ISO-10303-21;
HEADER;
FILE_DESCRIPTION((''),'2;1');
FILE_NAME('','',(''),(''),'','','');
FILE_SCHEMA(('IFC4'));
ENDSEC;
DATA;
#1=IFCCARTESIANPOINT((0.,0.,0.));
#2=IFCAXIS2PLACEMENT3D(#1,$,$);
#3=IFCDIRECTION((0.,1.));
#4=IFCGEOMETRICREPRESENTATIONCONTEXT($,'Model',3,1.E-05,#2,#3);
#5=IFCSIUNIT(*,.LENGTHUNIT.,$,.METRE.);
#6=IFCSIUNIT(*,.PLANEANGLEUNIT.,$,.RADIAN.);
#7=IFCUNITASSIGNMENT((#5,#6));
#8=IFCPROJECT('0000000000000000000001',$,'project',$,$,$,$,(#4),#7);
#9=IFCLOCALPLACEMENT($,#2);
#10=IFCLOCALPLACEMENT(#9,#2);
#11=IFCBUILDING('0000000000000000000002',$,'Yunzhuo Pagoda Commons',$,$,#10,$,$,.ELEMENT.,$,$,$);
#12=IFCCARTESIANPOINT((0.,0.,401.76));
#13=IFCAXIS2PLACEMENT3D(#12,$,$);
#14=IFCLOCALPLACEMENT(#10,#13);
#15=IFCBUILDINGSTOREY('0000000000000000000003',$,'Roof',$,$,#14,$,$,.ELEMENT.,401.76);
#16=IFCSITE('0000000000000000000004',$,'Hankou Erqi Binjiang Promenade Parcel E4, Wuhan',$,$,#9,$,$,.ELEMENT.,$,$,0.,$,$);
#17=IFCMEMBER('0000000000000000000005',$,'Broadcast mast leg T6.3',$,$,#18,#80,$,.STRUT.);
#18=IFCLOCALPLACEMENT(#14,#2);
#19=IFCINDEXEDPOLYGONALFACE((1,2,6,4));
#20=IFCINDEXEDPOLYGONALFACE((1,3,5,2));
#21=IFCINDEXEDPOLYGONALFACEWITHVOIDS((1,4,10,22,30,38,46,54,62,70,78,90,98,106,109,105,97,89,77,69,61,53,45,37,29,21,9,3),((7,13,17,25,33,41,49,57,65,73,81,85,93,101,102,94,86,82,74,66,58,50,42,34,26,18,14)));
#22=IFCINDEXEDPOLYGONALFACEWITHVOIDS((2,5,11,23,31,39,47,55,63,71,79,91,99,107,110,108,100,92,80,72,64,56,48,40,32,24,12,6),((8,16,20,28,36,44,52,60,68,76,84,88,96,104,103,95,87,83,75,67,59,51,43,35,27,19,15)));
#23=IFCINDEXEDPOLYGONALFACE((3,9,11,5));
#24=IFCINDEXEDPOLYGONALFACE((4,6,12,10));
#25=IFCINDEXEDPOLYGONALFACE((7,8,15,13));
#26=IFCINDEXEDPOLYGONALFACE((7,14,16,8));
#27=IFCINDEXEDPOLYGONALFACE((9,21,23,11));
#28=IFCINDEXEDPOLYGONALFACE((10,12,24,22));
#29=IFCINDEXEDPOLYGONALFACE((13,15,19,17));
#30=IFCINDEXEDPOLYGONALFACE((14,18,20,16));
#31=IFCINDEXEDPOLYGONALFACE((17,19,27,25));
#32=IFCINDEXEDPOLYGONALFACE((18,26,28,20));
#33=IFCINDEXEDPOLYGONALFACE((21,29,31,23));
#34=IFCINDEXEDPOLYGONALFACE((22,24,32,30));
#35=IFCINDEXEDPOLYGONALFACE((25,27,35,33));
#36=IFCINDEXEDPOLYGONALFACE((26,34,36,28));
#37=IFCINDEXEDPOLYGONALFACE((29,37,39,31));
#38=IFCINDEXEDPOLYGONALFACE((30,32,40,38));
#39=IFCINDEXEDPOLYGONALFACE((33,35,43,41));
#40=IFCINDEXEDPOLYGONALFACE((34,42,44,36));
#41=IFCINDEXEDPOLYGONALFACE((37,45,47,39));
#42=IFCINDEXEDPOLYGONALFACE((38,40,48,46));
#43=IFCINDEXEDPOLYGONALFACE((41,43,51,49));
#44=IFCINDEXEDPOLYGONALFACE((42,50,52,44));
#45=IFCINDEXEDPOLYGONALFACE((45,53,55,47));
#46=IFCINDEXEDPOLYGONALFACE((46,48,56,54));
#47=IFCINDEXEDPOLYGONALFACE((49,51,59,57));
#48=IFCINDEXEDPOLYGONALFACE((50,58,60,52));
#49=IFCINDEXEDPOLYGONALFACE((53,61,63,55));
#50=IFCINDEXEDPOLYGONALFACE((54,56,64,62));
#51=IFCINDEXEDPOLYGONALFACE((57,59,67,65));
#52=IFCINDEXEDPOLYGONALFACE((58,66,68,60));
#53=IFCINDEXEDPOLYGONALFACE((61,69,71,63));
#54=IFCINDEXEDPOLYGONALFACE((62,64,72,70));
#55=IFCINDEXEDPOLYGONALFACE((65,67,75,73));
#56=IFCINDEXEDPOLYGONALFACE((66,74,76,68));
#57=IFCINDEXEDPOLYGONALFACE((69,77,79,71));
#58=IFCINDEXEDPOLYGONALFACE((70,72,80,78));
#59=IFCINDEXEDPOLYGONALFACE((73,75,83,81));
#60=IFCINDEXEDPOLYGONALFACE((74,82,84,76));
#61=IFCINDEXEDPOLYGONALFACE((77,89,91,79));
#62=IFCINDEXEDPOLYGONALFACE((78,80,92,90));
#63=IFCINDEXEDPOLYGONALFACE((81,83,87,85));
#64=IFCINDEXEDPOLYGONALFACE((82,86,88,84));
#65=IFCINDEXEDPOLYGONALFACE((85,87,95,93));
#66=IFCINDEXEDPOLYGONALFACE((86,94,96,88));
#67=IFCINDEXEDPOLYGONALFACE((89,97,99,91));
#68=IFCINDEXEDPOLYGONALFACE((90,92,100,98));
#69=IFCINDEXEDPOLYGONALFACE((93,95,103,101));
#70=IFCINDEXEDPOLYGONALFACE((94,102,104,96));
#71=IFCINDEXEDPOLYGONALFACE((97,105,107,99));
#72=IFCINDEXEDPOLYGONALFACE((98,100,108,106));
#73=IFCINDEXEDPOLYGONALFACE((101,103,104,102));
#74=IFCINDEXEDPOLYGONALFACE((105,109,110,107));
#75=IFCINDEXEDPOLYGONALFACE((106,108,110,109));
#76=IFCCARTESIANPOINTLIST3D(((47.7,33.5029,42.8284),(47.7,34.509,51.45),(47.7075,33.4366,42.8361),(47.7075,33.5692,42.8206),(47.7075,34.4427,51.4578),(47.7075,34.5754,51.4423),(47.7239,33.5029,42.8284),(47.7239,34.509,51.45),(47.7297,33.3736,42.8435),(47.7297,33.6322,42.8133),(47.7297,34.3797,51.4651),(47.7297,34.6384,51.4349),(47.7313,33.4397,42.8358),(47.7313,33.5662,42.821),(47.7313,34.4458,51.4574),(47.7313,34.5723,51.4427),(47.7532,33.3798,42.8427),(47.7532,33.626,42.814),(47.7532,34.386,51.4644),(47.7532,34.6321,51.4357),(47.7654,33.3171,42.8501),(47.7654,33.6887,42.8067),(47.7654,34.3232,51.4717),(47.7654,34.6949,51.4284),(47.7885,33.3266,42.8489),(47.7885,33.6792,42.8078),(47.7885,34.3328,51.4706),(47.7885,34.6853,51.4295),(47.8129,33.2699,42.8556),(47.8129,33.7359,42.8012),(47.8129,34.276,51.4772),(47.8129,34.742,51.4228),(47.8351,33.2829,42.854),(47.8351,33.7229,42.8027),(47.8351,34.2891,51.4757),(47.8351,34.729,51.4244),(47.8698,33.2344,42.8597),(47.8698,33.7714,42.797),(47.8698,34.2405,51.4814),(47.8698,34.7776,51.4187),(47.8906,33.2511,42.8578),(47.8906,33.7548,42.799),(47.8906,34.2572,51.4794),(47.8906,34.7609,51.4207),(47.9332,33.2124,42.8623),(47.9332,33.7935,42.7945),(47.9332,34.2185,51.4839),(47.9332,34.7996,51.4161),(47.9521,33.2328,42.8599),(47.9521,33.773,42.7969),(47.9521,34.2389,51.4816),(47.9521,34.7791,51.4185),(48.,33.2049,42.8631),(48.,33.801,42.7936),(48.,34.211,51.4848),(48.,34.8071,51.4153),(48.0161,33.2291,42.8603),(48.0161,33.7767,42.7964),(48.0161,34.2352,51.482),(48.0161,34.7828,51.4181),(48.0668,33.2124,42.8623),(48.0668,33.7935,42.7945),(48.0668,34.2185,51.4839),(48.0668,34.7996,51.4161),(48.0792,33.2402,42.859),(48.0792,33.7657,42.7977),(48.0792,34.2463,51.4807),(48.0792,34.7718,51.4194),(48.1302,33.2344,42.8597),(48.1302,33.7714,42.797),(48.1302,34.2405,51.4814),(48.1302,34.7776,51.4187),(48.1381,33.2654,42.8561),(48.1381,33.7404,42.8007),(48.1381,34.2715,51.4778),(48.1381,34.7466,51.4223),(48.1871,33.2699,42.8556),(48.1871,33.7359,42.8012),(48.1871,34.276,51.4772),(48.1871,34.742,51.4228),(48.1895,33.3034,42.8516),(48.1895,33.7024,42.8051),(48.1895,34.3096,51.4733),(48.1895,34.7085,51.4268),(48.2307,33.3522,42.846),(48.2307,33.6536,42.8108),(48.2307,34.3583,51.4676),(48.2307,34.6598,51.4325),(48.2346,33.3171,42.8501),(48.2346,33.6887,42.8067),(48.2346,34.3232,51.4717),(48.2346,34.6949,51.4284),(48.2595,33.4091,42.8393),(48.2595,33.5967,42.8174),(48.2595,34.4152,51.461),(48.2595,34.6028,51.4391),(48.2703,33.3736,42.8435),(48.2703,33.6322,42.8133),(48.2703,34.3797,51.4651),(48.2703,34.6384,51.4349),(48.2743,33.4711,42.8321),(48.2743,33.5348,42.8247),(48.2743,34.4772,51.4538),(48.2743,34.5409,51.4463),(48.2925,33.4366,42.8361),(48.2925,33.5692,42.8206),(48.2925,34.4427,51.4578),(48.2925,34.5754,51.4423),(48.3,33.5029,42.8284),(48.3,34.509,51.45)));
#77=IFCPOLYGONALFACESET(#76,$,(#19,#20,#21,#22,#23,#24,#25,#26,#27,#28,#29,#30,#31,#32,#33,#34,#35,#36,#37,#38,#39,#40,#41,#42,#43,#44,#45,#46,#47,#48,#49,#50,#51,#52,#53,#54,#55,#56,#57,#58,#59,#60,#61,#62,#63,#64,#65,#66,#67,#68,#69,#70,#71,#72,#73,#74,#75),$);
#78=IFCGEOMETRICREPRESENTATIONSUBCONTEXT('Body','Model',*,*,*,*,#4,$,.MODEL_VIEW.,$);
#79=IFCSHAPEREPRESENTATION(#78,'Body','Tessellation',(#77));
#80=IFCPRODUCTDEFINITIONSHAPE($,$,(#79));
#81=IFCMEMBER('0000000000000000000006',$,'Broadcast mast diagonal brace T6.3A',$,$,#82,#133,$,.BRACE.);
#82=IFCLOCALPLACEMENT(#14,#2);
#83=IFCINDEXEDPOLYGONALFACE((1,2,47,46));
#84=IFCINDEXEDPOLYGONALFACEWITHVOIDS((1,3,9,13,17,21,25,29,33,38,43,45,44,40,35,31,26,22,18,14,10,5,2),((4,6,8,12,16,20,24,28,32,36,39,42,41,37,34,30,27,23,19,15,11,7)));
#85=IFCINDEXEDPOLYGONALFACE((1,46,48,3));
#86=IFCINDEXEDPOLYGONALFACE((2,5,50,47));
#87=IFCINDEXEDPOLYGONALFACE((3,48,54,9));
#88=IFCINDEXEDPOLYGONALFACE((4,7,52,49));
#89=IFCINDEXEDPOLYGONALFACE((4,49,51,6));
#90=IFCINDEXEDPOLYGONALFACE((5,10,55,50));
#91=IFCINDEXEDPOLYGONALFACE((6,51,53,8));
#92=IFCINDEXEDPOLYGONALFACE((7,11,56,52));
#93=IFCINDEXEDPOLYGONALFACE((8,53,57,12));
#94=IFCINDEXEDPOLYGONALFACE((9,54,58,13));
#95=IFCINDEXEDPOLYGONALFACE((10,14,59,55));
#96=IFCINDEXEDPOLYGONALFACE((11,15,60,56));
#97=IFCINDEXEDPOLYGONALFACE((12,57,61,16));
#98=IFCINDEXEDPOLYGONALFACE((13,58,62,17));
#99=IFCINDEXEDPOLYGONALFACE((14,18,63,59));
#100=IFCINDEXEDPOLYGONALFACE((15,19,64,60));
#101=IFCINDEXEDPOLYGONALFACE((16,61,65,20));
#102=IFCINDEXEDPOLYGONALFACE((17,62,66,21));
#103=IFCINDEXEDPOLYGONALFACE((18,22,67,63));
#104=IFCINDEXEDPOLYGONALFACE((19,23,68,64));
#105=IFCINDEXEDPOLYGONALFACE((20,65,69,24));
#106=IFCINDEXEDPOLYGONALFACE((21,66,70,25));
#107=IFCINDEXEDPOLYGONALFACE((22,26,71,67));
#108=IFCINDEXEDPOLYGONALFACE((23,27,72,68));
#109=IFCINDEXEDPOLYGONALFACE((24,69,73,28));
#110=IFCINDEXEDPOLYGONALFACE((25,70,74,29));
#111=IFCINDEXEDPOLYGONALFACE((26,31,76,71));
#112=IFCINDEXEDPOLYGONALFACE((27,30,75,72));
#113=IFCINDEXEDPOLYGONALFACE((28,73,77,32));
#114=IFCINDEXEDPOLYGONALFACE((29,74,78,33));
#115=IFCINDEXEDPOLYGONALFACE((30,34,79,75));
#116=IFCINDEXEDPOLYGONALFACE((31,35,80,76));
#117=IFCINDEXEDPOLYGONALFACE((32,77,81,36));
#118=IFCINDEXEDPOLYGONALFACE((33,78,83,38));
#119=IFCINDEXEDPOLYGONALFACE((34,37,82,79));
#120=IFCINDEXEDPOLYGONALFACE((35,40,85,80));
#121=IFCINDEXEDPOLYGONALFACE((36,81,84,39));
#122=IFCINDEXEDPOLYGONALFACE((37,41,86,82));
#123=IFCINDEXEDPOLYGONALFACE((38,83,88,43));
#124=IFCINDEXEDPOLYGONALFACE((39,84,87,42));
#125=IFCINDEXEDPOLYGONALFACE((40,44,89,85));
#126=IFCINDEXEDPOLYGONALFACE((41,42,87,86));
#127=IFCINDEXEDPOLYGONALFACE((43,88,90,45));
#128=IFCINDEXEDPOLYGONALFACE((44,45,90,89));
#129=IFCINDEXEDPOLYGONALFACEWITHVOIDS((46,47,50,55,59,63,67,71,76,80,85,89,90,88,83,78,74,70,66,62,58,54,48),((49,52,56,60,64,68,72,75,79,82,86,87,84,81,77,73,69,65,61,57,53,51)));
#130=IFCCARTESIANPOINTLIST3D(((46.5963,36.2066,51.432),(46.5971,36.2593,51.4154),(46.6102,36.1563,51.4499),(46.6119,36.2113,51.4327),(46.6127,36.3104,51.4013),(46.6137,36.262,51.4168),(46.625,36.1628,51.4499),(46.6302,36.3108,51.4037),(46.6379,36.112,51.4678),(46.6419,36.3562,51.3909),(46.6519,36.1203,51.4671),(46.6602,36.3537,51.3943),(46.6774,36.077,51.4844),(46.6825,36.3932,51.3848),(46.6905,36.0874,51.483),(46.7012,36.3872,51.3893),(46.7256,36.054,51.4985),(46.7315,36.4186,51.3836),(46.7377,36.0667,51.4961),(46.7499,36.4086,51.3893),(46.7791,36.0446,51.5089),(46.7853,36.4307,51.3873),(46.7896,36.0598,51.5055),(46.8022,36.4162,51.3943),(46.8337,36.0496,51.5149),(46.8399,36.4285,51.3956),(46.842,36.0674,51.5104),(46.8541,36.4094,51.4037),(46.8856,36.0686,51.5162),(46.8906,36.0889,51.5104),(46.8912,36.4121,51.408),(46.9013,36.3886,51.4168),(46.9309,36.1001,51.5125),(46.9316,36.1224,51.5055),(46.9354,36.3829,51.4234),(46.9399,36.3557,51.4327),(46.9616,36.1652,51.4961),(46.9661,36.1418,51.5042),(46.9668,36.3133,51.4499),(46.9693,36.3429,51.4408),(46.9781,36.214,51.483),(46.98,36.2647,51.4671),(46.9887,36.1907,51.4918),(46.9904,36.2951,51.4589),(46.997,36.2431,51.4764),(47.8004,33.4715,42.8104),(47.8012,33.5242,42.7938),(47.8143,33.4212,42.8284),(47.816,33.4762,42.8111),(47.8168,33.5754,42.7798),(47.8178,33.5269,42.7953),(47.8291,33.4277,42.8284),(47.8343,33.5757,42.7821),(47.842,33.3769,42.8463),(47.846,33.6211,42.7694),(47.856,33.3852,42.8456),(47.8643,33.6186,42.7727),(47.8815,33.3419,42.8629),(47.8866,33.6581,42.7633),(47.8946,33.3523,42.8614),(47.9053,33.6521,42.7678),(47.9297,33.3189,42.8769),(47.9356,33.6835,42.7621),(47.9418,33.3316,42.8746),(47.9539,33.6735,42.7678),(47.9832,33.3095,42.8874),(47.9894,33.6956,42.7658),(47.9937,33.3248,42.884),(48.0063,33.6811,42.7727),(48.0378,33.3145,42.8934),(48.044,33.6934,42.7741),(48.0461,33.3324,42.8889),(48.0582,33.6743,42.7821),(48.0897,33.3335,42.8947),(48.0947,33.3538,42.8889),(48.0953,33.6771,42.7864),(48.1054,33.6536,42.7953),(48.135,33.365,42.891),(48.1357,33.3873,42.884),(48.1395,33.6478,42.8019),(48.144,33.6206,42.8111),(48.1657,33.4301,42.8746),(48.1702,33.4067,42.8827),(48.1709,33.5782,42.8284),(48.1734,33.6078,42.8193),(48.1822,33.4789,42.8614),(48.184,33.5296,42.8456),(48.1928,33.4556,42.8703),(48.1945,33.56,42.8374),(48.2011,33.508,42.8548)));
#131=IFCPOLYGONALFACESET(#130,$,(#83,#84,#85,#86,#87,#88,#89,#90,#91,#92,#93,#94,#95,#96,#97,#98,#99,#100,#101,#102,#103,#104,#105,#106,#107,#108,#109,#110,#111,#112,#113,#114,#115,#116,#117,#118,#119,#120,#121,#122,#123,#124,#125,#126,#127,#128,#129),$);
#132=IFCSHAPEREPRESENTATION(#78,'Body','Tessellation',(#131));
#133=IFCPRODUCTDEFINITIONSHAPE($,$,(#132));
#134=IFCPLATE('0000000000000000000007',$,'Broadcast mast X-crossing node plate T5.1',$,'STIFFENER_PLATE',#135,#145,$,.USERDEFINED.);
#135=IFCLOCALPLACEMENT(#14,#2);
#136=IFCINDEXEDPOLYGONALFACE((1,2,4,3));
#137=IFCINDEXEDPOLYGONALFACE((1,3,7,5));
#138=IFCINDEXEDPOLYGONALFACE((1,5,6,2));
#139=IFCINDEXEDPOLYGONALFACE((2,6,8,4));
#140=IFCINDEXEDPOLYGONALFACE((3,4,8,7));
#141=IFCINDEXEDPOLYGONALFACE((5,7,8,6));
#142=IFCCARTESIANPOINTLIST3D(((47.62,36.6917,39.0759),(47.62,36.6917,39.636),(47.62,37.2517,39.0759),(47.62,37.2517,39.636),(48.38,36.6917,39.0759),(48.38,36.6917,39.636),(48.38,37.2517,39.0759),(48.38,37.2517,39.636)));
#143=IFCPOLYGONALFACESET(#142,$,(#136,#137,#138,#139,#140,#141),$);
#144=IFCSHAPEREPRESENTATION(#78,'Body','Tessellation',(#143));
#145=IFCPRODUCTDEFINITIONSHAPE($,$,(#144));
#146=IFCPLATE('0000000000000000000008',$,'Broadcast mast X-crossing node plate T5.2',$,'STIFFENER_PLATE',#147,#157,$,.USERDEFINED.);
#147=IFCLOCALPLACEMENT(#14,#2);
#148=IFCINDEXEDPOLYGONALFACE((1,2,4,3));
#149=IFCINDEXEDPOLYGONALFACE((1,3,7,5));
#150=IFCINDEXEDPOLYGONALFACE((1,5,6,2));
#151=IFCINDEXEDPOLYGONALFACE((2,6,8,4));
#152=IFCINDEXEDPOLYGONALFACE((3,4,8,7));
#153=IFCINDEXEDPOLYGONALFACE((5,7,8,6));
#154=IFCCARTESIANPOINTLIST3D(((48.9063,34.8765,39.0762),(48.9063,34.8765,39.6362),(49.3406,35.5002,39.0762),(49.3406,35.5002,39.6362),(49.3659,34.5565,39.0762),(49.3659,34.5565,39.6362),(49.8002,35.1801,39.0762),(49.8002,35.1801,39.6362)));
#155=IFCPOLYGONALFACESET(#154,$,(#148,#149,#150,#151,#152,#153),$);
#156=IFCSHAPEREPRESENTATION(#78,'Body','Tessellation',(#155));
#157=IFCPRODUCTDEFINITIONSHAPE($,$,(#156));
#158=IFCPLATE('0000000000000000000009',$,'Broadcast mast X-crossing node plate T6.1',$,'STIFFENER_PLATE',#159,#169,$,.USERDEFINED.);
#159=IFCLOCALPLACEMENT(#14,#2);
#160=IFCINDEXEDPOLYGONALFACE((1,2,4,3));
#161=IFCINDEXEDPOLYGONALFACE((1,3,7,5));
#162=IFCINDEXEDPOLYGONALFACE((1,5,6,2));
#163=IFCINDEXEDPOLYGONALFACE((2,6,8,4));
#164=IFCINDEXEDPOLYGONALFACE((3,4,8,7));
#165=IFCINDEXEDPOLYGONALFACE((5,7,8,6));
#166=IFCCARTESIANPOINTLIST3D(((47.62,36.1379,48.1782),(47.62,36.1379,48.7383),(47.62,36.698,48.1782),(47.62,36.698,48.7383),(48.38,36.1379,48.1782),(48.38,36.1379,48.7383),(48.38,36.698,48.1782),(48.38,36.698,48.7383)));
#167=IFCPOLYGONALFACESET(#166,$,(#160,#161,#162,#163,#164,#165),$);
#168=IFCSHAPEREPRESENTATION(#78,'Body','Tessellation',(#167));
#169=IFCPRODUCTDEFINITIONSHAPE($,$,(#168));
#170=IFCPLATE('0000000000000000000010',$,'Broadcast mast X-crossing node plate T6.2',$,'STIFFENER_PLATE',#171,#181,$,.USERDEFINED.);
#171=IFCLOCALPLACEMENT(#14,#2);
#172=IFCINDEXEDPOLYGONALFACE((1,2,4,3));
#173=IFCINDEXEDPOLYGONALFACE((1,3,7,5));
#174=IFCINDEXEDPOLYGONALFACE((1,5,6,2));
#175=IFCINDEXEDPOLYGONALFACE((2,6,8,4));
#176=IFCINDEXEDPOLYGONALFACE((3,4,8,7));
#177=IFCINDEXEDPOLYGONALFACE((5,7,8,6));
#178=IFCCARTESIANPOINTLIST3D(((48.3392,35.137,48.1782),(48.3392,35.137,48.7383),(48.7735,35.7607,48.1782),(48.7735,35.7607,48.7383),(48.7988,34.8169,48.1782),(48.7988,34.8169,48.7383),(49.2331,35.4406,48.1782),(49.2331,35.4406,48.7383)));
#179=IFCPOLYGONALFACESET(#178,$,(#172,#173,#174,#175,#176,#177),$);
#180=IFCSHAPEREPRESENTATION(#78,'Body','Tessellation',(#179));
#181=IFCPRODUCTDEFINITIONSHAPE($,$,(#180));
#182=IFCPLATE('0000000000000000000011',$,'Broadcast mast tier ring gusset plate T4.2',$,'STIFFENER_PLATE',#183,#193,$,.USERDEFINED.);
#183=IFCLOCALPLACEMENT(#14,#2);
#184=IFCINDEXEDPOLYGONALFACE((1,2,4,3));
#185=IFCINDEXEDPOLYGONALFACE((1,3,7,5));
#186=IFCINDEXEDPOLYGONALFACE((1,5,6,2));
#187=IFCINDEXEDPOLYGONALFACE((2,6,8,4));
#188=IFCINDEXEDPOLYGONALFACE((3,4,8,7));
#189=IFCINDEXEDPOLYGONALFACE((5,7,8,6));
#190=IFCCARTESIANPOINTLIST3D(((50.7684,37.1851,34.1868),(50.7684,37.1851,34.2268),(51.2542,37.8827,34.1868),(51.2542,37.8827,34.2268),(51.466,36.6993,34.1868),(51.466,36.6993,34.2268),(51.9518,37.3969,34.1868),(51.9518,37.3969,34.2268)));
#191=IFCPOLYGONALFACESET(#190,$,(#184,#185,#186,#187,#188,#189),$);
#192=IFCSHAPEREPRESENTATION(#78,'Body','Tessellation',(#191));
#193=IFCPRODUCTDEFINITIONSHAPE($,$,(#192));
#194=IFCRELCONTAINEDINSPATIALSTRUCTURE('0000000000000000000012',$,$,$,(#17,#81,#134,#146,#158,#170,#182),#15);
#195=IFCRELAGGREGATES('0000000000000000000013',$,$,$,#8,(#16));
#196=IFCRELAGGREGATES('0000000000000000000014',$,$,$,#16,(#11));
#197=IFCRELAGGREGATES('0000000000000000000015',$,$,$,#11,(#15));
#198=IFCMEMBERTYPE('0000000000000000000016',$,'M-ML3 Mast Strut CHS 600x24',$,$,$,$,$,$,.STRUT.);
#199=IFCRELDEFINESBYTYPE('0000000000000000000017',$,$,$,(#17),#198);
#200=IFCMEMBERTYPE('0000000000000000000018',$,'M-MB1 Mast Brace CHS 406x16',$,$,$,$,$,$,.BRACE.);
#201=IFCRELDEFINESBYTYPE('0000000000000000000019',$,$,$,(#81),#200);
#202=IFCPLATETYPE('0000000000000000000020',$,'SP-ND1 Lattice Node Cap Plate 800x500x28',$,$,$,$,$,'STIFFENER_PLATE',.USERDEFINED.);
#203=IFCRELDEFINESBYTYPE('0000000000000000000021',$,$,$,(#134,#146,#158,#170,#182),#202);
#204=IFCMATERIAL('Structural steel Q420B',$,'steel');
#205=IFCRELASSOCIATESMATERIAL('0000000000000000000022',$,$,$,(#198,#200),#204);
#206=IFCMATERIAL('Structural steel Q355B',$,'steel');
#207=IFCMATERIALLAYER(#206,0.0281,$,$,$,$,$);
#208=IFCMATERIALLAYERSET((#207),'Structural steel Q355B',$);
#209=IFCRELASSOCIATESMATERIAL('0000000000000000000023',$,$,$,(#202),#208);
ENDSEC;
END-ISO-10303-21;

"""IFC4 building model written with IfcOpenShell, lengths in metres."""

from ifc_helpers import new_model, si_unit, direction, frame, origin, origin_2d, place, context, subcontext, project, spatial, rectangle, hollow_circle, extrude, source, transform, mapped, material, layer, layer_set, material_profile, profile_set, type_object, element, save


model = new_model("IFC4")

# Units and contexts
model_context = context("Model", 3, precision=1e-05, world=origin(), true_north=direction((0.0, 1.0)))
body_context = subcontext(model_context, "Body", "Model", "MODEL_VIEW")
ifc_project = project(units=[si_unit("LENGTHUNIT", "METRE"), si_unit("PLANEANGLEUNIT", "RADIAN")], contexts=[model_context])

# Site, building, storey
site_placement = place(None, origin())
site = spatial("IfcSite", under=ifc_project, at=site_placement, Name="Hankou Erqi Binjiang Promenade Parcel E4, Wuhan", CompositionType="ELEMENT", RefElevation=0.0)
building_placement = place(site_placement, origin())
building = spatial("IfcBuilding", under=site, at=building_placement, Name="Yunzhuo Pagoda Commons", CompositionType="ELEMENT")
storey_placement = place(building_placement, frame((0.0, 0.0, 401.76)))
storey = spatial("IfcBuildingStorey", under=building, at=storey_placement, Name="Roof", CompositionType="ELEMENT", Elevation=401.76)

# Members
ifc_material_1 = material(Name="Structural steel Q420B", Category="steel")
ifc_material_profile_1 = material_profile(ifc_material_1, hollow_circle(Radius=0.3, WallThickness=0.0239, at=origin_2d()), Name="Structural steel Q420B")
ifc_profile_set_1 = profile_set([ifc_material_profile_1], Name="Structural steel Q420B")
member_type_1 = type_object("IfcMemberType", Name="M-ML3 Mast Strut CHS 600x24", PredefinedType="STRUT", material=ifc_profile_set_1)
ifc_material_profile_2 = material_profile(ifc_material_1, hollow_circle(Radius=0.2029, WallThickness=0.0161, at=origin_2d()), Name="Structural steel Q420B")
ifc_profile_set_2 = profile_set([ifc_material_profile_2], Name="Structural steel Q420B")
member_type_2 = type_object("IfcMemberType", Name="M-MB1 Mast Brace CHS 406x16", PredefinedType="BRACE", material=ifc_profile_set_2)
shared_shape_1 = source(origin(), body_context, "Body", "SweptSolid", [
    extrude(hollow_circle(Radius=0.3, WallThickness=0.0239, at=origin_2d()), origin(), (0.0, 0.0, 1.0), 8.6802),
])
member_1_placement = place(storey_placement, frame((48.0, 33.5029, 42.8284), z_axis=(0.0, 0.115909, 0.99326), x_axis=(-1.0, 0.0, 0.0)))
element("IfcMember", 1, at=member_1_placement, inside=storey, type_object=member_type_1, Name="Broadcast mast leg T6.3", PredefinedType="STRUT", context=body_context, shape_type="MappedRepresentation", body=[
    mapped(shared_shape_1, transform((0.0, 0.0, 0.0), scale=1.0)),
])
shared_shape_2 = source(origin(), body_context, "Body", "SweptSolid", [
    extrude(hollow_circle(Radius=0.2029, WallThickness=0.0161, at=origin_2d()), origin(), (0.0, 0.0, 1.0), 9.1248),
])
member_2_placement = place(storey_placement, frame((48.0, 33.5029, 42.8284), z_axis=(-0.131959, 0.299744, 0.944849), x_axis=(-0.915234, -0.402922, 0.0)))
element("IfcMember", 2, at=member_2_placement, inside=storey, type_object=member_type_2, Name="Broadcast mast diagonal brace T6.3A", PredefinedType="BRACE", context=body_context, shape_type="MappedRepresentation", body=[
    mapped(shared_shape_2, transform((0.0, 0.0, 0.0), scale=1.0)),
])

# Plates
ifc_material_2 = material(Name="Structural steel Q355B", Category="steel")
ifc_layer = layer(ifc_material_2, 0.0281)
ifc_layer_set = layer_set([ifc_layer], Name="Structural steel Q355B")
plate_type = type_object("IfcPlateType", Name="SP-ND1 Lattice Node Cap Plate 800x500x28", ElementType="STIFFENER_PLATE", PredefinedType="USERDEFINED", material=ifc_layer_set)
shared_shape_3 = source(origin(), body_context, "Body", "SweptSolid", [
    extrude(rectangle(XDim=0.76, YDim=0.5601, at=origin_2d()), origin(), (0.0, 0.0, 1.0), 0.5601),
])
for number, where, z_axis, x_axis, name in (
    (3, (48.0, 36.9717, 39.0759), (0.0, 0.0, 1.0), (1.0, 0.0, 0.0), "Broadcast mast X-crossing node plate T5.1"),
    (4, (49.3533, 35.0283, 39.0762), (0.0, 0.0, 1.0), (-0.571444, -0.820641, 0.0), "Broadcast mast X-crossing node plate T5.2"),
    (5, (48.0, 36.418, 48.1782), (0.0, 0.0, 1.0), (1.0, 0.0, 0.0), "Broadcast mast X-crossing node plate T6.1"),
    (6, (48.7861, 35.2888, 48.1782), (0.0, 0.0, 1.0), (-0.571459, -0.820631, 0.0), "Broadcast mast X-crossing node plate T6.2"),
):
    element("IfcPlate", number, at=place(storey_placement, frame(where, z_axis=z_axis, x_axis=x_axis)), inside=storey, type_object=plate_type, Name=name, ObjectType="STIFFENER_PLATE", PredefinedType="USERDEFINED", context=body_context, shape_type="MappedRepresentation", body=[
        mapped(shared_shape_3, transform((0.0, 0.0, 0.0), scale=1.0)),
    ])
shared_shape_4 = source(origin(), body_context, "Body", "SweptSolid", [
    extrude(rectangle(XDim=0.8501, YDim=0.8501, at=origin_2d()), origin(), (0.0, 0.0, 1.0), 0.04),
])
for number, where, z_axis, x_axis, name in (
    (7, (51.3601, 37.291, 34.1868), (0.0, 0.0, 1.0), (-0.571459, -0.820631, 0.0), "Broadcast mast tier ring gusset plate T4.2"),
):
    element("IfcPlate", number, at=place(storey_placement, frame(where, z_axis=z_axis, x_axis=x_axis)), inside=storey, type_object=plate_type, Name=name, ObjectType="STIFFENER_PLATE", PredefinedType="USERDEFINED", context=body_context, shape_type="MappedRepresentation", body=[
        mapped(shared_shape_4, transform((0.0, 0.0, 0.0), scale=1.0)),
    ])

save(model, "model.ifc")
